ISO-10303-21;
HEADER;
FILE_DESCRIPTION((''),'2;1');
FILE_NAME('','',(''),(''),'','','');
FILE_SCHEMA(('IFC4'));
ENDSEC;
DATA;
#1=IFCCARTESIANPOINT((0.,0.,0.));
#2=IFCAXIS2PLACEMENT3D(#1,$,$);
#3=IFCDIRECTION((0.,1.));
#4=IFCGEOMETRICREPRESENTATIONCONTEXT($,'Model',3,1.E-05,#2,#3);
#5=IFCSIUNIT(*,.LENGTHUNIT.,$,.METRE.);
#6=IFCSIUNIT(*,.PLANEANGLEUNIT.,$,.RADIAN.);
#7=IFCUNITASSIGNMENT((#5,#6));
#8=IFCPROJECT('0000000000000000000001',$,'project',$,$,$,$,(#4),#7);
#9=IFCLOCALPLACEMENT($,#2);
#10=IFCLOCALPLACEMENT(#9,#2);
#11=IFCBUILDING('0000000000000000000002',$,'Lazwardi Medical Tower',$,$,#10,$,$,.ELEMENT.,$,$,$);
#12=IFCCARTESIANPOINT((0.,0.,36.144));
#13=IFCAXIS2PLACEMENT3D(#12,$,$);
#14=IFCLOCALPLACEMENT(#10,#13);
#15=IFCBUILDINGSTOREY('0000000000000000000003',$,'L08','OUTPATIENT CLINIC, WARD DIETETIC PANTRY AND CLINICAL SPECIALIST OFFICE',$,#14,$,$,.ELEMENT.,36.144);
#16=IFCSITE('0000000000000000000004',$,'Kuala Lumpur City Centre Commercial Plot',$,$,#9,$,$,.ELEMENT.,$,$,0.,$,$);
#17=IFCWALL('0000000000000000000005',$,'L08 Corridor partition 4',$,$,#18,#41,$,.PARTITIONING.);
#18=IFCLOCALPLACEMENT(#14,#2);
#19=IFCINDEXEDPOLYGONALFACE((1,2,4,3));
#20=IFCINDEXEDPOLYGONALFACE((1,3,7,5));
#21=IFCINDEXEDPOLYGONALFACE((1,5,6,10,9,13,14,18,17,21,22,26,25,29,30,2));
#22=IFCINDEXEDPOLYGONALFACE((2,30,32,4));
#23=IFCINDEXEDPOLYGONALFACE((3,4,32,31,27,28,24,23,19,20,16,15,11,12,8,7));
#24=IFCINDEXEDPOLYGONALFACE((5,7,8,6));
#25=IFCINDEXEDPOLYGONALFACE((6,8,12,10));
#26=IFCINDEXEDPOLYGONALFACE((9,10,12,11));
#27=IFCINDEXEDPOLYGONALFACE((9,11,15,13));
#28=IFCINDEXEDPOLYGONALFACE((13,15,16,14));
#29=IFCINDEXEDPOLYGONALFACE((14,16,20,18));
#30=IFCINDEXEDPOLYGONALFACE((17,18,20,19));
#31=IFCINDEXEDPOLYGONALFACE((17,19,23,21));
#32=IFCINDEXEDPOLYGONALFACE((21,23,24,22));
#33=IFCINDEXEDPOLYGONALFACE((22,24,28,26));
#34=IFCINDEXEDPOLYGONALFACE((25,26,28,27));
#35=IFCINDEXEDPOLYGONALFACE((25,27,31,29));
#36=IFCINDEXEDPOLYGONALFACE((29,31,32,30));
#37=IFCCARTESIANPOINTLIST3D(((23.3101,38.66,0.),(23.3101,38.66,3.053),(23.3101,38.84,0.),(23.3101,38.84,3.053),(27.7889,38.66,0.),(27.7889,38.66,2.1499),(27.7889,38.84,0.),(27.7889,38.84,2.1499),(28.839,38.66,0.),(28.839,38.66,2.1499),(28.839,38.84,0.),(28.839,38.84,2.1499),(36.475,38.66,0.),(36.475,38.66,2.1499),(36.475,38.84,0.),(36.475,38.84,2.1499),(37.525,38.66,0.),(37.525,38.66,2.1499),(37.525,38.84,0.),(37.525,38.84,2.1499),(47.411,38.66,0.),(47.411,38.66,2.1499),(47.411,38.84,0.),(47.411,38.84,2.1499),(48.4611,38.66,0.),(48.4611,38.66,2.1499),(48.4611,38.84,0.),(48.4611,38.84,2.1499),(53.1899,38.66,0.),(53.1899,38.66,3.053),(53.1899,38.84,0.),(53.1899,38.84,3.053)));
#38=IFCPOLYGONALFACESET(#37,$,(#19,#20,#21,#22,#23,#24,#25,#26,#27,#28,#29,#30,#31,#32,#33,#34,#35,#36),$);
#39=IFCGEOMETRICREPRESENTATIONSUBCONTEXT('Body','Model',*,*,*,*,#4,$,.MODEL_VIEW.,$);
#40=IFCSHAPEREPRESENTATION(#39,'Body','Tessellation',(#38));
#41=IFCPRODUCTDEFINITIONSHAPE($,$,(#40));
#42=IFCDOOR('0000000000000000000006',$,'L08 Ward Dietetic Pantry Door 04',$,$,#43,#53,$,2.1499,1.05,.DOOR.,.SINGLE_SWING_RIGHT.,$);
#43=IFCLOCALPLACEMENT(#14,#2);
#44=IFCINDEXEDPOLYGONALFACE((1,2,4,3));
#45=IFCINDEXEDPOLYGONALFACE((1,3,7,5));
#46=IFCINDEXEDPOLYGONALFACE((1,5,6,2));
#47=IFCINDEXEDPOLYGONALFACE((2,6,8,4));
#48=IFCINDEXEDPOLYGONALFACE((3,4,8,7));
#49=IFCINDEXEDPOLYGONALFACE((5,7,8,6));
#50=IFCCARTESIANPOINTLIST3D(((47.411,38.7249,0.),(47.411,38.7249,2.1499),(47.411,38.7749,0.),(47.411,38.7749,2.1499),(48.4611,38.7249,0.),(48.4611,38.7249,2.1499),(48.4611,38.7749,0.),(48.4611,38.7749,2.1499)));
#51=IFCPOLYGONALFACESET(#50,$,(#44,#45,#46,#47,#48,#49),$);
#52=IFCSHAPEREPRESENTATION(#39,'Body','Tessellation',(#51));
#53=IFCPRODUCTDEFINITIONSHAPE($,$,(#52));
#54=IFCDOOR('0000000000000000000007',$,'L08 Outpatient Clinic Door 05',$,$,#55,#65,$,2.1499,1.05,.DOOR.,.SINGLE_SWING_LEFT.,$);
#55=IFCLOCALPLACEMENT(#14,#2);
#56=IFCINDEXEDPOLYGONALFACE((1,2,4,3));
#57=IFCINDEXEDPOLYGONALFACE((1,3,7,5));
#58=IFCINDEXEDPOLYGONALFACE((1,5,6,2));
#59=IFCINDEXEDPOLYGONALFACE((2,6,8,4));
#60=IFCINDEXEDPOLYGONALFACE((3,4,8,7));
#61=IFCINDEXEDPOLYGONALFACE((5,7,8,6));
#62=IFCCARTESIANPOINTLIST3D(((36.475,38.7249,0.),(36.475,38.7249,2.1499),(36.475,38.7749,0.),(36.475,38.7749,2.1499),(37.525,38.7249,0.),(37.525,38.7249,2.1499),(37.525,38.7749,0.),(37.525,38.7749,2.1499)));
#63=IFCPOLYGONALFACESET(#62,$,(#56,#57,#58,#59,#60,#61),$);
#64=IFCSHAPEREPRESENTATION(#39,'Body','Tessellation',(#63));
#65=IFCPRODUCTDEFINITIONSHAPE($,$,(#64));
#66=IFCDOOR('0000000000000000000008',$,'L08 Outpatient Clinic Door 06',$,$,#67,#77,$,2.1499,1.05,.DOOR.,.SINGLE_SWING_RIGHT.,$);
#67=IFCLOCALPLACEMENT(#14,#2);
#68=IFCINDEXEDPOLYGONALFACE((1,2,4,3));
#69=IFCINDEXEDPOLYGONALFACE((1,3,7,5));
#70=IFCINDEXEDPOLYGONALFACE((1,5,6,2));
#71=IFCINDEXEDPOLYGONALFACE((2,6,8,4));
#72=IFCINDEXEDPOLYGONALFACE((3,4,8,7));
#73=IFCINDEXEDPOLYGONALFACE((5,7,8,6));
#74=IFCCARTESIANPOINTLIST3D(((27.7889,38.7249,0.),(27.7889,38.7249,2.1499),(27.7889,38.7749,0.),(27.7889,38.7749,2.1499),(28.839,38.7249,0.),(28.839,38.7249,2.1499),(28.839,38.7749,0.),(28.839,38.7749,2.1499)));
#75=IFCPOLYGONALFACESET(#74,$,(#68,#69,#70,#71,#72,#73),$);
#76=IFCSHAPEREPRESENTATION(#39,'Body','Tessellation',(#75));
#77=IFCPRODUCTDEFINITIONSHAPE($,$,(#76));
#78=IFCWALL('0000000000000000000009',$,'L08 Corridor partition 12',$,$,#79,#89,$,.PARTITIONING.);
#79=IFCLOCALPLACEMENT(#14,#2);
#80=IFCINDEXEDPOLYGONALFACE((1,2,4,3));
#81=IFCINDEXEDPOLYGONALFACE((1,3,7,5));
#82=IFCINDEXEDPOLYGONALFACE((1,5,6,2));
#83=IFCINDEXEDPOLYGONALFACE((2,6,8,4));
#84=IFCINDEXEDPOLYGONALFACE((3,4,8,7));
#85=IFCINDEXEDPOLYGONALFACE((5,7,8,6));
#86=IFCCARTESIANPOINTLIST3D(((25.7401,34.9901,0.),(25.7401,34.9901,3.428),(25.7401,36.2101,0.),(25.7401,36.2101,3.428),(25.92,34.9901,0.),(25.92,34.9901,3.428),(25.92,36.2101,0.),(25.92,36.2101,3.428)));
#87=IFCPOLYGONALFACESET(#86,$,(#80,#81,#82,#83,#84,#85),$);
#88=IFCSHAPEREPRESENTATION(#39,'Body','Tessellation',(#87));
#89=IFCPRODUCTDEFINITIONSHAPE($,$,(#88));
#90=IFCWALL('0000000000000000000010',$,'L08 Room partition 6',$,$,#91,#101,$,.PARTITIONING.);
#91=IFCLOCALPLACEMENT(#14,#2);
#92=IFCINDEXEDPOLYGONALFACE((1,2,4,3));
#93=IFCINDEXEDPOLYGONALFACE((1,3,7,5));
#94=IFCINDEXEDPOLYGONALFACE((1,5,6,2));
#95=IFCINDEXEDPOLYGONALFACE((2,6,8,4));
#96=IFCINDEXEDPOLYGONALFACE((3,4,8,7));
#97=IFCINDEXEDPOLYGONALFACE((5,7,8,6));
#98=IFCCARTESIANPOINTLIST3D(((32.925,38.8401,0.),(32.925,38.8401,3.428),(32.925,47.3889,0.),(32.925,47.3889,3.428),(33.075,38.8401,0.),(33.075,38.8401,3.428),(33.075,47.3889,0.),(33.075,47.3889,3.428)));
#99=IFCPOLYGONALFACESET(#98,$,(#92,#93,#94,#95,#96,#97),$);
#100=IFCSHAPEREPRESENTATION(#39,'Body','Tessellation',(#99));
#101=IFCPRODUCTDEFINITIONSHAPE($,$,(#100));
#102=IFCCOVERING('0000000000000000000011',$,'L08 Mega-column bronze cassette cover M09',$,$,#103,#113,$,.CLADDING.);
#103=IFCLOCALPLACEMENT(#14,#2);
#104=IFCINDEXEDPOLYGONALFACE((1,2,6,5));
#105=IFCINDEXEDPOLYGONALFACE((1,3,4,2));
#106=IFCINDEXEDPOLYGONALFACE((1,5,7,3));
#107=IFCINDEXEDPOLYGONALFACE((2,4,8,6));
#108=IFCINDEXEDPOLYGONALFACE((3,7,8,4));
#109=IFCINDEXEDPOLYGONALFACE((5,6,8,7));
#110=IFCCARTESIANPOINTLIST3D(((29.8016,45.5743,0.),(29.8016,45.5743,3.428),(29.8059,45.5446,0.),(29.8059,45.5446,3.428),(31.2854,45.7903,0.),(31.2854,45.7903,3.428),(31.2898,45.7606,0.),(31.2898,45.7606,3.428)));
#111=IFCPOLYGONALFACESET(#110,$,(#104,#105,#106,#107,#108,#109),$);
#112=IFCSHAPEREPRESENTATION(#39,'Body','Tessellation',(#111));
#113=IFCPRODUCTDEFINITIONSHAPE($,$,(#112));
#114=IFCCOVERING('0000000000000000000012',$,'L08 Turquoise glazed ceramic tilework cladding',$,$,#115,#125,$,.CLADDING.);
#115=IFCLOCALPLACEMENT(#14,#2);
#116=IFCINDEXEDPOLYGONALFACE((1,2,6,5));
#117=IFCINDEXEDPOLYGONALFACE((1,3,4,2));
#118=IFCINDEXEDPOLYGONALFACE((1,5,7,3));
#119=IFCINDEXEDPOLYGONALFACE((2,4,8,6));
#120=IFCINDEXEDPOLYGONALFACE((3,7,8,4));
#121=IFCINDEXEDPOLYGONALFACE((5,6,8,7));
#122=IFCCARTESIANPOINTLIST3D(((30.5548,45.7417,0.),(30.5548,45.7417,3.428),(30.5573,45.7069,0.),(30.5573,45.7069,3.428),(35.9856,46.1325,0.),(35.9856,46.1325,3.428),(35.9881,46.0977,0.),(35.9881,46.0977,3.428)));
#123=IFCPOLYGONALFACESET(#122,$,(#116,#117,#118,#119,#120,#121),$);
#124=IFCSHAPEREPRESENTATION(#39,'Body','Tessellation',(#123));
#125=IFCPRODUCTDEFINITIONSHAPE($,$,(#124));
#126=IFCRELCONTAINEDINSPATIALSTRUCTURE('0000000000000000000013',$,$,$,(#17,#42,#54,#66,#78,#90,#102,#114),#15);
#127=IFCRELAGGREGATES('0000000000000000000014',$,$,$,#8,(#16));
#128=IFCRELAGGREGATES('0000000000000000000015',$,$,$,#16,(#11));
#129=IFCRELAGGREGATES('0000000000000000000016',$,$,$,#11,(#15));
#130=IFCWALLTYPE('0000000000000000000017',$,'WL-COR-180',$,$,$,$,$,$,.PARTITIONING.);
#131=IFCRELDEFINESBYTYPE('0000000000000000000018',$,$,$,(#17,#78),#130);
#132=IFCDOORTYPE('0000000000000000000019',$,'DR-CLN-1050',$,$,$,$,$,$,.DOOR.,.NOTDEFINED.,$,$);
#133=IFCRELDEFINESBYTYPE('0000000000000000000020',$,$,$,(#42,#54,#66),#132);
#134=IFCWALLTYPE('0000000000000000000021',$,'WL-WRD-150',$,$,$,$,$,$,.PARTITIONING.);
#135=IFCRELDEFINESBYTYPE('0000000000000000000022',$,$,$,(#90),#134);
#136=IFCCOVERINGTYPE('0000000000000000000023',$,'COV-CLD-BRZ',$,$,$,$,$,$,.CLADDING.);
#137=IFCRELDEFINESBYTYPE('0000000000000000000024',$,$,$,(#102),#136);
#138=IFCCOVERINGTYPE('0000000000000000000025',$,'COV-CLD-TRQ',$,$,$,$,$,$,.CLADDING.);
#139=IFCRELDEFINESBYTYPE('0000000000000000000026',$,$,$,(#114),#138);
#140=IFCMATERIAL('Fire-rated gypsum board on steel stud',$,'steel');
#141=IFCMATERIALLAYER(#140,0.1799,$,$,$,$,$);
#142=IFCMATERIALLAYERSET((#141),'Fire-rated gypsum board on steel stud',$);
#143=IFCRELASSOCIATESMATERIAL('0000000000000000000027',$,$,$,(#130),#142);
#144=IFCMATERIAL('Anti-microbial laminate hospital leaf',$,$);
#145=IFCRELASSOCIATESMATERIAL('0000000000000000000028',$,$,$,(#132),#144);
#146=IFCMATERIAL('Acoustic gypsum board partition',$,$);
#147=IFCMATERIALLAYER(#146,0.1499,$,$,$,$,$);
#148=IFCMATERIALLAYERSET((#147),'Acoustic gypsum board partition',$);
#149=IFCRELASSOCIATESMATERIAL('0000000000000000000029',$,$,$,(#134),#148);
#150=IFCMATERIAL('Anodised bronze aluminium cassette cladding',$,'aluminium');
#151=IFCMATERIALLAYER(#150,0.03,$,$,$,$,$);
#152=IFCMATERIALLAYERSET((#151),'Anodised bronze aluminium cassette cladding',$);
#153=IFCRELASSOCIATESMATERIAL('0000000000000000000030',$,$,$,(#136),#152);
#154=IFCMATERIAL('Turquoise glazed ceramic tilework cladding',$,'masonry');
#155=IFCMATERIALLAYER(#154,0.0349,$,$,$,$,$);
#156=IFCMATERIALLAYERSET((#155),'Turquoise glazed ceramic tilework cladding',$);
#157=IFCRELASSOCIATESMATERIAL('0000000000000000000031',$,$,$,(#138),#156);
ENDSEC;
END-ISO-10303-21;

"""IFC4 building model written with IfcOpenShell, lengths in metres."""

from ifc_helpers import new_model, si_unit, direction, frame, frame_2d, origin, origin_2d, place, context, subcontext, project, spatial, rectangle, extrude, material, layer, layer_set, type_object, element, fill, save


model = new_model("IFC4")

# Units and contexts
model_context = context("Model", 3, precision=1e-05, world=origin(), true_north=direction((0.0, 1.0)))
body_context = subcontext(model_context, "Body", "Model", "MODEL_VIEW")
ifc_project = project(units=[si_unit("LENGTHUNIT", "METRE"), si_unit("PLANEANGLEUNIT", "RADIAN")], contexts=[model_context])

# Site, building, storey
site_placement = place(None, origin())
site = spatial("IfcSite", under=ifc_project, at=site_placement, Name="Kuala Lumpur City Centre Commercial Plot", CompositionType="ELEMENT", RefElevation=0.0)
building_placement = place(site_placement, origin())
building = spatial("IfcBuilding", under=site, at=building_placement, Name="Lazwardi Medical Tower", CompositionType="ELEMENT")
storey_placement = place(building_placement, frame((0.0, 0.0, 36.144)))
storey = spatial("IfcBuildingStorey", under=building, at=storey_placement, Name="L08", Description="OUTPATIENT CLINIC, WARD DIETETIC PANTRY AND CLINICAL SPECIALIST OFFICE", CompositionType="ELEMENT", Elevation=36.144)

# Wall, openings, doors
ifc_material_1 = material(Name="Fire-rated gypsum board on steel stud", Category="steel")
ifc_layer_1 = layer(ifc_material_1, 0.1799)
ifc_layer_set_1 = layer_set([ifc_layer_1], Name="Fire-rated gypsum board on steel stud")
wall_type_1 = type_object("IfcWallType", Name="WL-COR-180", PredefinedType="PARTITIONING", material=ifc_layer_set_1)
wall_1_placement = place(storey_placement, frame((23.3101, 38.75, 0.0), z_axis=(0.0, 0.0, 1.0), x_axis=(1.0, 0.0, 0.0)))
wall_1 = element("IfcWall", 1, at=wall_1_placement, inside=storey, type_object=wall_type_1, Name="L08 Corridor partition 4", PredefinedType="PARTITIONING", context=body_context, shape_type="SweptSolid", body=[
    extrude(rectangle(XDim=29.8799, YDim=0.1799, at=frame_2d((14.9399, 0.0))), origin(), (0.0, 0.0, 1.0), 3.053),
])
opening_1_placement = place(wall_1_placement, frame((24.1011, 0.0, 0.0)))
opening_1 = element("IfcOpeningElement", 2, at=opening_1_placement, cuts=wall_1, PredefinedType="OPENING", context=body_context, shape_type="SweptSolid", body=[
    extrude(rectangle(XDim=1.05, YDim=2.1499, at=frame_2d((0.5249, 1.075))), frame((0.0, 0.0999, 0.0), z_axis=(0.0, -1.0, 0.0), x_axis=(1.0, 0.0, 0.0)), (0.0, 0.0, 1.0), 0.2),
])
opening_2_placement = place(wall_1_placement, frame((13.165, 0.0, 0.0)))
opening_2 = element("IfcOpeningElement", 3, at=opening_2_placement, cuts=wall_1, PredefinedType="OPENING", context=body_context, shape_type="SweptSolid", body=[
    extrude(rectangle(XDim=1.05, YDim=2.1499, at=frame_2d((0.5249, 1.075))), frame((0.0, 0.0999, 0.0), z_axis=(0.0, -1.0, 0.0), x_axis=(1.0, 0.0, 0.0)), (0.0, 0.0, 1.0), 0.2),
])
opening_3_placement = place(wall_1_placement, frame((4.479, 0.0, 0.0)))
opening_3 = element("IfcOpeningElement", 4, at=opening_3_placement, cuts=wall_1, PredefinedType="OPENING", context=body_context, shape_type="SweptSolid", body=[
    extrude(rectangle(XDim=1.05, YDim=2.1499, at=frame_2d((0.5249, 1.075))), frame((0.0, 0.0999, 0.0), z_axis=(0.0, -1.0, 0.0), x_axis=(1.0, 0.0, 0.0)), (0.0, 0.0, 1.0), 0.2),
])
ifc_material_2 = material(Name="Anti-microbial laminate hospital leaf")
door_type = type_object("IfcDoorType", Name="DR-CLN-1050", OperationType="NOTDEFINED", PredefinedType="DOOR", material=ifc_material_2)
door_1_placement = place(opening_1_placement, origin())
door_1 = element("IfcDoor", 5, at=door_1_placement, inside=storey, type_object=door_type, Name="L08 Ward Dietetic Pantry Door 04", OperationType="SINGLE_SWING_RIGHT", OverallHeight=2.1499, OverallWidth=1.05, PredefinedType="DOOR", context=body_context, shape_type="SweptSolid", body=[
    extrude(rectangle(XDim=1.05, YDim=2.1499, at=frame_2d((0.5249, 1.075))), frame((0.0, 0.0249, 0.0), z_axis=(0.0, -1.0, 0.0), x_axis=(1.0, 0.0, 0.0)), (0.0, 0.0, 1.0), 0.05),
])
fill(opening_1, door_1)
door_2_placement = place(opening_2_placement, origin())
door_2 = element("IfcDoor", 6, at=door_2_placement, inside=storey, type_object=door_type, Name="L08 Outpatient Clinic Door 05", OperationType="SINGLE_SWING_LEFT", OverallHeight=2.1499, OverallWidth=1.05, PredefinedType="DOOR", context=body_context, shape_type="SweptSolid", body=[
    extrude(rectangle(XDim=1.05, YDim=2.1499, at=frame_2d((0.5249, 1.075))), frame((0.0, 0.0249, 0.0), z_axis=(0.0, -1.0, 0.0), x_axis=(1.0, 0.0, 0.0)), (0.0, 0.0, 1.0), 0.05),
])
fill(opening_2, door_2)
door_3_placement = place(opening_3_placement, origin())
door_3 = element("IfcDoor", 7, at=door_3_placement, inside=storey, type_object=door_type, Name="L08 Outpatient Clinic Door 06", OperationType="SINGLE_SWING_RIGHT", OverallHeight=2.1499, OverallWidth=1.05, PredefinedType="DOOR", context=body_context, shape_type="SweptSolid", body=[
    extrude(rectangle(XDim=1.05, YDim=2.1499, at=frame_2d((0.5249, 1.075))), frame((0.0, 0.0249, 0.0), z_axis=(0.0, -1.0, 0.0), x_axis=(1.0, 0.0, 0.0)), (0.0, 0.0, 1.0), 0.05),
])
fill(opening_3, door_3)

# Walls
wall_2_placement = place(storey_placement, frame((25.8301, 36.21, 0.0), z_axis=(0.0, 0.0, 1.0), x_axis=(0.0, -1.0, 0.0)))
element("IfcWall", 8, at=wall_2_placement, inside=storey, type_object=wall_type_1, Name="L08 Corridor partition 12", PredefinedType="PARTITIONING", context=body_context, shape_type="SweptSolid", body=[
    extrude(rectangle(XDim=1.22, YDim=0.1799, at=frame_2d((0.6099, 0.0))), origin(), (0.0, 0.0, 1.0), 3.428),
])
ifc_material_3 = material(Name="Acoustic gypsum board partition")
ifc_layer_2 = layer(ifc_material_3, 0.1499)
ifc_layer_set_2 = layer_set([ifc_layer_2], Name="Acoustic gypsum board partition")
wall_type_2 = type_object("IfcWallType", Name="WL-WRD-150", PredefinedType="PARTITIONING", material=ifc_layer_set_2)
wall_3_placement = place(storey_placement, frame((33.0, 38.8401, 0.0), z_axis=(0.0, 0.0, 1.0), x_axis=(0.0, 1.0, 0.0)))
element("IfcWall", 9, at=wall_3_placement, inside=storey, type_object=wall_type_2, Name="L08 Room partition 6", PredefinedType="PARTITIONING", context=body_context, shape_type="SweptSolid", body=[
    extrude(rectangle(XDim=8.5488, YDim=0.1499, at=frame_2d((4.2744, 0.0))), origin(), (0.0, 0.0, 1.0), 3.428),
])

# Coverings
ifc_material_4 = material(Name="Anodised bronze aluminium cassette cladding", Category="aluminium")
ifc_layer_3 = layer(ifc_material_4, 0.03)
ifc_layer_set_3 = layer_set([ifc_layer_3], Name="Anodised bronze aluminium cassette cladding")
covering_type_1 = type_object("IfcCoveringType", Name="COV-CLD-BRZ", PredefinedType="CLADDING", material=ifc_layer_set_3)
covering_1_placement = place(storey_placement, frame((30.5457, 45.6675, 0.0), z_axis=(0.0, 0.0, 1.0), x_axis=(-0.989573, -0.144035, 0.0)))
element("IfcCovering", 10, at=covering_1_placement, inside=storey, type_object=covering_type_1, Name="L08 Mega-column bronze cassette cover M09", PredefinedType="CLADDING", context=body_context, shape_type="SweptSolid", body=[
    extrude(rectangle(XDim=1.4995, YDim=0.03, at=origin_2d()), origin(), (0.0, 0.0, 1.0), 3.428),
])
ifc_material_5 = material(Name="Turquoise glazed ceramic tilework cladding", Category="masonry")
ifc_layer_4 = layer(ifc_material_5, 0.0349)
ifc_layer_set_4 = layer_set([ifc_layer_4], Name="Turquoise glazed ceramic tilework cladding")
covering_type_2 = type_object("IfcCoveringType", Name="COV-CLD-TRQ", PredefinedType="CLADDING", material=ifc_layer_set_4)
covering_2_placement = place(storey_placement, frame((33.2715, 45.9197, 0.0), z_axis=(0.0, 0.0, 1.0), x_axis=(-0.997421, -0.071774, 0.0)))
element("IfcCovering", 11, at=covering_2_placement, inside=storey, type_object=covering_type_2, Name="L08 Turquoise glazed ceramic tilework cladding", PredefinedType="CLADDING", context=body_context, shape_type="SweptSolid", body=[
    extrude(rectangle(XDim=5.4448, YDim=0.0349, at=origin_2d()), origin(), (0.0, 0.0, 1.0), 3.428),
])

save(model, "model.ifc")
